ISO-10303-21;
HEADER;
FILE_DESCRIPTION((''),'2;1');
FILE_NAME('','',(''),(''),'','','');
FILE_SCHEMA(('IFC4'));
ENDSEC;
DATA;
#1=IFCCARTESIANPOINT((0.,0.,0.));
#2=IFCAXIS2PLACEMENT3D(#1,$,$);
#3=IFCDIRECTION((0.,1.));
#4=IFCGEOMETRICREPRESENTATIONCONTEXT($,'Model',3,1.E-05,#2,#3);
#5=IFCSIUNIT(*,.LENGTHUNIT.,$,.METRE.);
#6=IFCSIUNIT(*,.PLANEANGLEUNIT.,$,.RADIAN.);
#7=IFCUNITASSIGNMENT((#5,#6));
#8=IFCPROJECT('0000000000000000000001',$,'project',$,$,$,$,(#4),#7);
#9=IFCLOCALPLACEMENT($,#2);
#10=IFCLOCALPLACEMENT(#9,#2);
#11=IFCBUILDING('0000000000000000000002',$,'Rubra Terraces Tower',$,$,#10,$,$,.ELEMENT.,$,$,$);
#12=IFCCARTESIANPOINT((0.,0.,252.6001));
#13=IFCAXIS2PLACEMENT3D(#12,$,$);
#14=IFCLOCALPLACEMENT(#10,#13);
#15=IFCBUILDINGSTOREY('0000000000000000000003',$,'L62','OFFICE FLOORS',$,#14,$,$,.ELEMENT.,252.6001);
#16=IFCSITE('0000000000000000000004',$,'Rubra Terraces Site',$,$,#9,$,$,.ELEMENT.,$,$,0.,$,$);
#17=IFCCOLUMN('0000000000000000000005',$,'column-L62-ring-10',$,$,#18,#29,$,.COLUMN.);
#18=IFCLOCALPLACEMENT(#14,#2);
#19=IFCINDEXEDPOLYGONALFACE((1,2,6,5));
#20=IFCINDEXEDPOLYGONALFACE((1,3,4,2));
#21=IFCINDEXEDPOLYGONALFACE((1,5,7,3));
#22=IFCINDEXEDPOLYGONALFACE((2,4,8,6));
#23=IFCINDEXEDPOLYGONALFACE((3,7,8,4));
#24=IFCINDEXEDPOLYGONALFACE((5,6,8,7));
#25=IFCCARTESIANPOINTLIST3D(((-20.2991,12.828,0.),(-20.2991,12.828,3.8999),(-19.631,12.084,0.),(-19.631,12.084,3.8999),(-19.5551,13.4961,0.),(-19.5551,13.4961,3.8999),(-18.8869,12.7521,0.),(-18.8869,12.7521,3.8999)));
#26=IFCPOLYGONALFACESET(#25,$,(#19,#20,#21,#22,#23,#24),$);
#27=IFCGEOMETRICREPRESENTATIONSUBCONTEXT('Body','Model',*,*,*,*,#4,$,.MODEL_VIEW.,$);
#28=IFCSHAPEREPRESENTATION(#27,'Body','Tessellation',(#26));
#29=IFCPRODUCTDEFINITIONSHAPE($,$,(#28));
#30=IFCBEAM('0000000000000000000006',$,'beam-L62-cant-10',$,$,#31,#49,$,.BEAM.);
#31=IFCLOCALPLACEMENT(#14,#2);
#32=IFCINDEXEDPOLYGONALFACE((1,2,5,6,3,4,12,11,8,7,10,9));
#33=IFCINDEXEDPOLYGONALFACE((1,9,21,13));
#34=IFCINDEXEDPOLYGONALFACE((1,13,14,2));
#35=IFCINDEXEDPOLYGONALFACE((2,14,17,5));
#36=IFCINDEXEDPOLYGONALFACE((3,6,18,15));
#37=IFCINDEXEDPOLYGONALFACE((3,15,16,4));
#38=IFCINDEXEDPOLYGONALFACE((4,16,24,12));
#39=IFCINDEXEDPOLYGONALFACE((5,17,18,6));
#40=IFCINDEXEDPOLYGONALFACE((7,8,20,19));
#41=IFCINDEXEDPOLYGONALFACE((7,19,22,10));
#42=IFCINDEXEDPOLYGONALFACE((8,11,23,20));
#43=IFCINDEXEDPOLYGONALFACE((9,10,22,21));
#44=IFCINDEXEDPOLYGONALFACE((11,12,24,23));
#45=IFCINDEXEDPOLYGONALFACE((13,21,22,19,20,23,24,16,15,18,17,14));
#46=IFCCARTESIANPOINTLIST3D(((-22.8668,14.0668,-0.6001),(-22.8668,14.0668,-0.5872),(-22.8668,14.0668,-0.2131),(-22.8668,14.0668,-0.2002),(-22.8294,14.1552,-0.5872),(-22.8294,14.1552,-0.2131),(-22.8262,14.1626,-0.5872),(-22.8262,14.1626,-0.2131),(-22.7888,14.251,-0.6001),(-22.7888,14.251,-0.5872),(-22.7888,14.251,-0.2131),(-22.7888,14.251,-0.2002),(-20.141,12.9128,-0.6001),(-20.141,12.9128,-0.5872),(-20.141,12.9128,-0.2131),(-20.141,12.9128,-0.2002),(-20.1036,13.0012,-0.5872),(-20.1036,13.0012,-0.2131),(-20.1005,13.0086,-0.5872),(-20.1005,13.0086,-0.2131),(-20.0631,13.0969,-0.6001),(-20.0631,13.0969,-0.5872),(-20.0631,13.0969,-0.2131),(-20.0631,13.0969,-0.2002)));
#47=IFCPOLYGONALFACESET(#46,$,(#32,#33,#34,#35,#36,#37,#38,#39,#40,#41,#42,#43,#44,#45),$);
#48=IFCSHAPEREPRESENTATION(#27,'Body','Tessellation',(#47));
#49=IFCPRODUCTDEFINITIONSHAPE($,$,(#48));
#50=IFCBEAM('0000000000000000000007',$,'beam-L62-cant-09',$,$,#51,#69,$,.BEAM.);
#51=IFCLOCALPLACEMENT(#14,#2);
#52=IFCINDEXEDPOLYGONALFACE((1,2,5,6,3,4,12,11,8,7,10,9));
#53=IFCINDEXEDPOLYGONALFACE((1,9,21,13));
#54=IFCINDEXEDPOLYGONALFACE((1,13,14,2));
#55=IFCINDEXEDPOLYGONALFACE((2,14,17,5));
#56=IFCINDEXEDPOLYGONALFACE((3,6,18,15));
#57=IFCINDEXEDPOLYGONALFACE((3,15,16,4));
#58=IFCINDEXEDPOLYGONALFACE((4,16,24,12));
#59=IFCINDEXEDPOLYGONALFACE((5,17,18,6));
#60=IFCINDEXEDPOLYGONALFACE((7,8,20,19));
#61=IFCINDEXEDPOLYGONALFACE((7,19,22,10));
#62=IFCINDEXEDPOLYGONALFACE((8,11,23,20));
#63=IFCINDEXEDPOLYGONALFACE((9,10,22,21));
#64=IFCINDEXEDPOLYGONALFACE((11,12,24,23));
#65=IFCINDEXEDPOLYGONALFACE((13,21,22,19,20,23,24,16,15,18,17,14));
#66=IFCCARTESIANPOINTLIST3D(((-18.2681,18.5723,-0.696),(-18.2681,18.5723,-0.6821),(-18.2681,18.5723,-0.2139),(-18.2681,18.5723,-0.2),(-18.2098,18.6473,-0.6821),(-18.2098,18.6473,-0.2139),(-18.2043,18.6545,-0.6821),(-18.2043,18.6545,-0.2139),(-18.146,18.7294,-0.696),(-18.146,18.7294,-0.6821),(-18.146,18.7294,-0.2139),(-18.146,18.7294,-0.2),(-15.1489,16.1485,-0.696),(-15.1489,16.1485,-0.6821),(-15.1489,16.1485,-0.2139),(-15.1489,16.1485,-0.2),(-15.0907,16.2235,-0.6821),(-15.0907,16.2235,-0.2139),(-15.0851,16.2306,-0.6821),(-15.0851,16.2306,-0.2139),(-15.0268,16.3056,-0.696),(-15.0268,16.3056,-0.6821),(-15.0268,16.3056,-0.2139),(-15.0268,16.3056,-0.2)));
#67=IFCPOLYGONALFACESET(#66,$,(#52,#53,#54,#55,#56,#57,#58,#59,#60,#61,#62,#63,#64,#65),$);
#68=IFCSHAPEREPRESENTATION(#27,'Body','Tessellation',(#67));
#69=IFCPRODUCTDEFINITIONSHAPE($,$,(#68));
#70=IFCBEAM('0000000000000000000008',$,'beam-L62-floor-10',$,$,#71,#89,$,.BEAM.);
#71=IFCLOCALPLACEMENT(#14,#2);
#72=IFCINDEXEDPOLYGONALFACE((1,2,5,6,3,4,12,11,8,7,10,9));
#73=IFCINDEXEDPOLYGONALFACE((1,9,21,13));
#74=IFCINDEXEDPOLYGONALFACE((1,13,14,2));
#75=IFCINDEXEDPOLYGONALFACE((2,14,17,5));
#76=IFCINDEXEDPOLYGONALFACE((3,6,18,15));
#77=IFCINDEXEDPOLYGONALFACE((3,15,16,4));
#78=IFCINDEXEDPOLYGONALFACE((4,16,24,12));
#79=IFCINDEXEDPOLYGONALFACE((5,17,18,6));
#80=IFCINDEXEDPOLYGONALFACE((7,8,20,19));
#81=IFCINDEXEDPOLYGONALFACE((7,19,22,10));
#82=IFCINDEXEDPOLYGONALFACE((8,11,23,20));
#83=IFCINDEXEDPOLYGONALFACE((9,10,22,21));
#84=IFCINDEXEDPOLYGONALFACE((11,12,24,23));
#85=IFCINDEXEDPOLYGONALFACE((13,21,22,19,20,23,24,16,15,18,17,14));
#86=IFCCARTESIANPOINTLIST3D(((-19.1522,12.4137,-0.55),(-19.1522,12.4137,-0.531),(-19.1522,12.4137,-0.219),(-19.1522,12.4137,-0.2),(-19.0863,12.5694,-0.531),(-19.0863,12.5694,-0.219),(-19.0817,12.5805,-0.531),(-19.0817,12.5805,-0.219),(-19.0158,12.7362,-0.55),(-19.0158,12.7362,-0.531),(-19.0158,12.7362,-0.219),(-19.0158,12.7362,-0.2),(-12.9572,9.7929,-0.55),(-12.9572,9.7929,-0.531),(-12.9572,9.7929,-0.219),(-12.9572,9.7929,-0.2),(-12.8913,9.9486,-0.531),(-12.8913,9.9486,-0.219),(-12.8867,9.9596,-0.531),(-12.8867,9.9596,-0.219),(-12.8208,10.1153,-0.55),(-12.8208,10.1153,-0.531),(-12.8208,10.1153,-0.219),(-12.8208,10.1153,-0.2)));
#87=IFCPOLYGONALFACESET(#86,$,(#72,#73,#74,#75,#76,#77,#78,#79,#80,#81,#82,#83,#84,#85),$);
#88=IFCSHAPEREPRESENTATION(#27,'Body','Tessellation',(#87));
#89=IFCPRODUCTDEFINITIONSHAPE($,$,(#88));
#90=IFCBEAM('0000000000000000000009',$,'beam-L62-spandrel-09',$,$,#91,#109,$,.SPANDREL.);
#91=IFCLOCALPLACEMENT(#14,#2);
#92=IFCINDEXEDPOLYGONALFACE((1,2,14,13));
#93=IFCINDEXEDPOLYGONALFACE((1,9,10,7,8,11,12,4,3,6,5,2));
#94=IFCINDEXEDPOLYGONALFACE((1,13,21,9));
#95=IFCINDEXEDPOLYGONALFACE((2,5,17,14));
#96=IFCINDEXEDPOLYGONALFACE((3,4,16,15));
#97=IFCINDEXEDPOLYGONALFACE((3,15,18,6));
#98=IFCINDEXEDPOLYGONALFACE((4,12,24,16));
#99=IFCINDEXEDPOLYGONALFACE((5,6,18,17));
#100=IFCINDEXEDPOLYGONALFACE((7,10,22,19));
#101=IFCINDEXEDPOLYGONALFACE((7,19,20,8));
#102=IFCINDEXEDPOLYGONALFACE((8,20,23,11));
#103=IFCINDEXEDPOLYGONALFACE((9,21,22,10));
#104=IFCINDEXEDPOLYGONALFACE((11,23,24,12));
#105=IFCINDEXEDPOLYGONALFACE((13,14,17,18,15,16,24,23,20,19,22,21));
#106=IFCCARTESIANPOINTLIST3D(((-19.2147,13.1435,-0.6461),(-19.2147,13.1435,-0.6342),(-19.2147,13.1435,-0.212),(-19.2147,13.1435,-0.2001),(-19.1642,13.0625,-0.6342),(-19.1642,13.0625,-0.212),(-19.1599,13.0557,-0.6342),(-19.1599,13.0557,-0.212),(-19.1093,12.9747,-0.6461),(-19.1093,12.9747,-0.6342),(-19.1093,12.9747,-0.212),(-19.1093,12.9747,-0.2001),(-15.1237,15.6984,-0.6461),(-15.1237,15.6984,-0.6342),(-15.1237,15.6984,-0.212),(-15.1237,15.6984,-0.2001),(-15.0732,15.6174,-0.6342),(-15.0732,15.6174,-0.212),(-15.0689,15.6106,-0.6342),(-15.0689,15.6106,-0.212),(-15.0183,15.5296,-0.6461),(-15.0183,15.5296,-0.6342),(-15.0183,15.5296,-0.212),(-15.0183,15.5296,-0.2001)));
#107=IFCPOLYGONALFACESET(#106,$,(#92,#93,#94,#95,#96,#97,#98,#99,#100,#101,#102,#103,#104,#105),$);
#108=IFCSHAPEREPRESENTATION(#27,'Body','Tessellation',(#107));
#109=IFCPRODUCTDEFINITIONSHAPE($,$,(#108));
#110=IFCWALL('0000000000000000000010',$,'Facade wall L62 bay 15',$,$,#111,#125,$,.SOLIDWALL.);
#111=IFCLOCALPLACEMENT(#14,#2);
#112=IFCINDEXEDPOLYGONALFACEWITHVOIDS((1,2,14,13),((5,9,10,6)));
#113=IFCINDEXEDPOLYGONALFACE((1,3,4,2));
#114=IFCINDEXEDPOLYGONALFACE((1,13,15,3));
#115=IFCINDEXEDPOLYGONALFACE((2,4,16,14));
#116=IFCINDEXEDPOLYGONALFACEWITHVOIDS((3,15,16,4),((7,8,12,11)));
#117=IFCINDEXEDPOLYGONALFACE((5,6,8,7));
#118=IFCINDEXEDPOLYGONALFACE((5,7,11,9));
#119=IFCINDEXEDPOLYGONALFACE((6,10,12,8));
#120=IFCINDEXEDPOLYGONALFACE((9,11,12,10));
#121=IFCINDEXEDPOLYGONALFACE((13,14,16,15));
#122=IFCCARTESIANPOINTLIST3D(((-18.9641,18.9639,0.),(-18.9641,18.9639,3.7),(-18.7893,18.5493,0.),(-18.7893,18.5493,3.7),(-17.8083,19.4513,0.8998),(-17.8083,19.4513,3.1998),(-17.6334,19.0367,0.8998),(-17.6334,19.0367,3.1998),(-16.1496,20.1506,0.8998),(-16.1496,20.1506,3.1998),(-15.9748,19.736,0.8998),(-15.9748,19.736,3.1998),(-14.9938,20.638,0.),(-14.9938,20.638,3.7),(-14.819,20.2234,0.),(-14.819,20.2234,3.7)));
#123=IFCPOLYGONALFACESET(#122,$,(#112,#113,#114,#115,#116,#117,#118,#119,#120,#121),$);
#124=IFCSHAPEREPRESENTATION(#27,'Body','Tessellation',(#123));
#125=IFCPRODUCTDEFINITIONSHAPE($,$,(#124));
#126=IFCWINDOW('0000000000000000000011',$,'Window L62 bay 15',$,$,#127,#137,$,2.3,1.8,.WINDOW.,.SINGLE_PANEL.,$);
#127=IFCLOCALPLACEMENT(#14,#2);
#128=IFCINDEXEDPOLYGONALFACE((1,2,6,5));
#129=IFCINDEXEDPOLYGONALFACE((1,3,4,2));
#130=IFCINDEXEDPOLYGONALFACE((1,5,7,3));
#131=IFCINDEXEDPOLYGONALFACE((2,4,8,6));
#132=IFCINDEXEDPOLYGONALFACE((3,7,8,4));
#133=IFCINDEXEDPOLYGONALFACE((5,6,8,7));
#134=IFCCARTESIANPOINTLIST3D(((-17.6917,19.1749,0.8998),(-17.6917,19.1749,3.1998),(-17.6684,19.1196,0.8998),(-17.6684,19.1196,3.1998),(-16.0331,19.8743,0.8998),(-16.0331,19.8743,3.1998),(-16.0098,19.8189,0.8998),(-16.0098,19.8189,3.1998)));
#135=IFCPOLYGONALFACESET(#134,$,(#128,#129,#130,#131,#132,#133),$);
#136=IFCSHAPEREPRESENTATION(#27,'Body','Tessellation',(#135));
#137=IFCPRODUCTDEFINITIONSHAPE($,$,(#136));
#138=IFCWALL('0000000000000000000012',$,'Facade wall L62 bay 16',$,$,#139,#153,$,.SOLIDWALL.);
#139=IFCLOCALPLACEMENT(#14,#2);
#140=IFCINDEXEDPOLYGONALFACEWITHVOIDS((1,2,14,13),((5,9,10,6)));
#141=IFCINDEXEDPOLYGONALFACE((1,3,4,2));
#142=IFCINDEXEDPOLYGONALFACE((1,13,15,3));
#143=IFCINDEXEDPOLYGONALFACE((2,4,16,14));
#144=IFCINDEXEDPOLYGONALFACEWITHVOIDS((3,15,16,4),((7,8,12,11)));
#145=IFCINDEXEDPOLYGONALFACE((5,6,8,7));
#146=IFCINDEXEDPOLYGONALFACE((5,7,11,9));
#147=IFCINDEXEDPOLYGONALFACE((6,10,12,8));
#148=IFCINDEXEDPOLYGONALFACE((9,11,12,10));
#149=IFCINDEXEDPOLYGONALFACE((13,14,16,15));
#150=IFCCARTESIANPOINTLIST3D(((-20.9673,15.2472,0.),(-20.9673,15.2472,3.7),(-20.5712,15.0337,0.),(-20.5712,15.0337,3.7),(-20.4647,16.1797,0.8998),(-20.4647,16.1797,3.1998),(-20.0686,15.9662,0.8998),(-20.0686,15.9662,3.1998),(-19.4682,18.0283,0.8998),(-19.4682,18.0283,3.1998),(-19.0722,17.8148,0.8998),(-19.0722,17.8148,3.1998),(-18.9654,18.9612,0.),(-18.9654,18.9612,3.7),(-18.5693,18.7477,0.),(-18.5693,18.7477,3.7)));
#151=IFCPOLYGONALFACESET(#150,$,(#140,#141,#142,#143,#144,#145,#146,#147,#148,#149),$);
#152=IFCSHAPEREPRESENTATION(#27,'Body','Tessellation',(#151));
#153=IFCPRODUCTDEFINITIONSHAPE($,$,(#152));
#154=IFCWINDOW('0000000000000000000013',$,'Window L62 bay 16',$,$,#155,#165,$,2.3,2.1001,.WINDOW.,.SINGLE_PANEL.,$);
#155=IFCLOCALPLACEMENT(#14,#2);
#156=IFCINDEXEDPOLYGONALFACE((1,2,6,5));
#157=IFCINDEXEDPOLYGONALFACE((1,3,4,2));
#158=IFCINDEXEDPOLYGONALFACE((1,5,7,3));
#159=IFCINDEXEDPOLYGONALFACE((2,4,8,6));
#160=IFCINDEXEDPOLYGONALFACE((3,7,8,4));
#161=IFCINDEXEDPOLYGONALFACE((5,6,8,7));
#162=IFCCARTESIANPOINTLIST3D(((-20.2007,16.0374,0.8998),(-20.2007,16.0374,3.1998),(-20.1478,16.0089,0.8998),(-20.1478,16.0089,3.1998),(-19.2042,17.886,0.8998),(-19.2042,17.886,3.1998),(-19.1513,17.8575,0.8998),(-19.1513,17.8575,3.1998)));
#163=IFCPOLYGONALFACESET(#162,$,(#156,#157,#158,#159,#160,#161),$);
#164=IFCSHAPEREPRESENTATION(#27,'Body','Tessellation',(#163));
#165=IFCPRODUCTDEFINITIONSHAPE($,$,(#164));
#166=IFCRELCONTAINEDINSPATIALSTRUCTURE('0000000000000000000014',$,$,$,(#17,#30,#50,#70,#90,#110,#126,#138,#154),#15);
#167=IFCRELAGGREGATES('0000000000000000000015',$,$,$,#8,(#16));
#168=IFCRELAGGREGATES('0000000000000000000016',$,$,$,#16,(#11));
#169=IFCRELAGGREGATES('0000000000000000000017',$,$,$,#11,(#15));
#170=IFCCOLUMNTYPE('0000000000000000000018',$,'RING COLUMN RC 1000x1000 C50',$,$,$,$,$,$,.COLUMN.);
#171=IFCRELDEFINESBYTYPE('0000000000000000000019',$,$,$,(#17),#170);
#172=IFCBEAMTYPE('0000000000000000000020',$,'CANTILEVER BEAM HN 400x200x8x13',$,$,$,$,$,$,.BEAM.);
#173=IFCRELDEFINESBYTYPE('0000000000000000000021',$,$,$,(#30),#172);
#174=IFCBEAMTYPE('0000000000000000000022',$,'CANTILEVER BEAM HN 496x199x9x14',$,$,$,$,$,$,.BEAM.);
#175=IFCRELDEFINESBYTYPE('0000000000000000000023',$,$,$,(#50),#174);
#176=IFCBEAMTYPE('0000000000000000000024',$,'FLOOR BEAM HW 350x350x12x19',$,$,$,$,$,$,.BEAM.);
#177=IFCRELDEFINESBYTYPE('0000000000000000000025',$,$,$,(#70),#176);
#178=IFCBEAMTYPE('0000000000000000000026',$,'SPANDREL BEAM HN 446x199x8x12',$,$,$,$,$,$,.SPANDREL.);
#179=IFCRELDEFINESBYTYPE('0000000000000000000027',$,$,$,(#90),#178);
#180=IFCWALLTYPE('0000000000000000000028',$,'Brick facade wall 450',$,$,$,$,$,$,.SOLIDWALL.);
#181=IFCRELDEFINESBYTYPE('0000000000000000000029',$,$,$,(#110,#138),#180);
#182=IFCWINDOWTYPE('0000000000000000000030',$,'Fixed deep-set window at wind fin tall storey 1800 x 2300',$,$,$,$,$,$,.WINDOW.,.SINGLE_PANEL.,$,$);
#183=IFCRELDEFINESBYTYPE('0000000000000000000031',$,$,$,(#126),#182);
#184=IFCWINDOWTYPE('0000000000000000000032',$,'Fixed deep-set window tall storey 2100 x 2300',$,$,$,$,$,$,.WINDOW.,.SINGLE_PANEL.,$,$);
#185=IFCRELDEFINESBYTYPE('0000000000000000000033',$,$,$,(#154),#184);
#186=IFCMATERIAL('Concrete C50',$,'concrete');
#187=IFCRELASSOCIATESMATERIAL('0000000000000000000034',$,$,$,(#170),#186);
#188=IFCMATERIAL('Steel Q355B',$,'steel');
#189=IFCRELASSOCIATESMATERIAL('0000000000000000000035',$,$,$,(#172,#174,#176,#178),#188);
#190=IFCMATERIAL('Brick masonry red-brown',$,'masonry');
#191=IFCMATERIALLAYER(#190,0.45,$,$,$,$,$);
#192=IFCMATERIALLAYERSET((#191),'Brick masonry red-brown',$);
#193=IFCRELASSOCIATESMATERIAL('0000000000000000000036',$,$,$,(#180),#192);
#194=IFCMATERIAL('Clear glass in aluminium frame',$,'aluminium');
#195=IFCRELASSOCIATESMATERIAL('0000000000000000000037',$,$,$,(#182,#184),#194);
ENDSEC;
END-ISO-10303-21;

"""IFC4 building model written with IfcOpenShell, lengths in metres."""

from ifc_helpers import new_model, si_unit, direction, frame, frame_2d, origin, origin_2d, place, context, subcontext, project, spatial, rectangle, i_section, extrude, material, layer, layer_set, material_profile, profile_set, type_object, element, fill, save


model = new_model("IFC4")

# Units and contexts
model_context = context("Model", 3, precision=1e-05, world=origin(), true_north=direction((0.0, 1.0)))
body_context = subcontext(model_context, "Body", "Model", "MODEL_VIEW")
ifc_project = project(units=[si_unit("LENGTHUNIT", "METRE"), si_unit("PLANEANGLEUNIT", "RADIAN")], contexts=[model_context])

# Site, building, storey
site_placement = place(None, origin())
site = spatial("IfcSite", under=ifc_project, at=site_placement, Name="Rubra Terraces Site", CompositionType="ELEMENT", RefElevation=0.0)
building_placement = place(site_placement, origin())
building = spatial("IfcBuilding", under=site, at=building_placement, Name="Rubra Terraces Tower", CompositionType="ELEMENT")
storey_placement = place(building_placement, frame((0.0, 0.0, 252.6001)))
storey = spatial("IfcBuildingStorey", under=building, at=storey_placement, Name="L62", Description="OFFICE FLOORS", CompositionType="ELEMENT", Elevation=252.6001)

# Column
ifc_material_1 = material(Name="Concrete C50", Category="concrete")
ifc_material_profile_1 = material_profile(ifc_material_1, rectangle(XDim=1.0, YDim=1.0, at=origin_2d()), Name="RC 1000x1000")
ifc_profile_set_1 = profile_set([ifc_material_profile_1], Name="Concrete C50")
column_type = type_object("IfcColumnType", Name="RING COLUMN RC 1000x1000 C50", PredefinedType="COLUMN", material=ifc_profile_set_1)
column_placement = place(storey_placement, frame((-19.593, 12.79, 0.0), z_axis=(0.0, 0.0, 1.0), x_axis=(-0.744021, -0.668156, 0.0)))
element("IfcColumn", 1, at=column_placement, inside=storey, type_object=column_type, Name="column-L62-ring-10", PredefinedType="COLUMN", context=body_context, shape_type="SweptSolid", body=[
    extrude(rectangle(XDim=1.0, YDim=1.0, at=origin_2d()), origin(), (0.0, 0.0, 1.0), 3.8999),
])

# Beams
ifc_material_2 = material(Name="Steel Q355B", Category="steel")
ifc_material_profile_2 = material_profile(ifc_material_2, i_section(OverallWidth=0.2, OverallDepth=0.3999, WebThickness=0.0081, FlangeThickness=0.0129, at=origin_2d()), Name="HN 400x200x8x13")
ifc_profile_set_2 = profile_set([ifc_material_profile_2], Name="Steel Q355B")
beam_type_1 = type_object("IfcBeamType", Name="CANTILEVER BEAM HN 400x200x8x13", PredefinedType="BEAM", material=ifc_profile_set_2)
beam_1_placement = place(storey_placement, frame((-20.1021, 13.0049, -0.4001), z_axis=(-0.920868, 0.389874, 0.0), x_axis=(-0.389874, -0.920868, 0.0)))
element("IfcBeam", 2, at=beam_1_placement, inside=storey, type_object=beam_type_1, Name="beam-L62-cant-10", PredefinedType="BEAM", context=body_context, shape_type="SweptSolid", body=[
    extrude(i_section(OverallWidth=0.2, OverallDepth=0.3999, WebThickness=0.0081, FlangeThickness=0.0129, at=origin_2d()), origin(), (0.0, 0.0, 1.0), 2.96),
])
ifc_material_profile_3 = material_profile(ifc_material_2, i_section(OverallWidth=0.199, OverallDepth=0.4961, WebThickness=0.009, FlangeThickness=0.0139, at=origin_2d()), Name="HN 496x199x9x14")
ifc_profile_set_3 = profile_set([ifc_material_profile_3], Name="Steel Q355B")
beam_type_2 = type_object("IfcBeamType", Name="CANTILEVER BEAM HN 496x199x9x14", PredefinedType="BEAM", material=ifc_profile_set_3)
beam_2_placement = place(storey_placement, frame((-15.0879, 16.2271, -0.448), z_axis=(-0.789618, 0.613598, 0.0), x_axis=(-0.613598, -0.789618, 0.0)))
element("IfcBeam", 3, at=beam_2_placement, inside=storey, type_object=beam_type_2, Name="beam-L62-cant-09", PredefinedType="BEAM", context=body_context, shape_type="SweptSolid", body=[
    extrude(i_section(OverallWidth=0.199, OverallDepth=0.4961, WebThickness=0.009, FlangeThickness=0.0139, at=origin_2d()), origin(), (0.0, 0.0, 1.0), 3.9502),
])
ifc_material_profile_4 = material_profile(ifc_material_2, i_section(OverallWidth=0.3501, OverallDepth=0.3501, WebThickness=0.012, FlangeThickness=0.019, at=origin_2d()), Name="HW 350x350x12x19")
ifc_profile_set_4 = profile_set([ifc_material_profile_4], Name="Steel Q355B")
beam_type_3 = type_object("IfcBeamType", Name="FLOOR BEAM HW 350x350x12x19", PredefinedType="BEAM", material=ifc_profile_set_4)
beam_3_placement = place(storey_placement, frame((-19.084, 12.575, -0.375), z_axis=(0.920975, -0.389622, 0.0), x_axis=(0.389622, 0.920975, 0.0)))
element("IfcBeam", 4, at=beam_3_placement, inside=storey, type_object=beam_type_3, Name="beam-L62-floor-10", PredefinedType="BEAM", context=body_context, shape_type="SweptSolid", body=[
    extrude(i_section(OverallWidth=0.3501, OverallDepth=0.3501, WebThickness=0.012, FlangeThickness=0.019, at=origin_2d()), origin(), (0.0, 0.0, 1.0), 6.7266),
])
ifc_material_profile_5 = material_profile(ifc_material_2, i_section(OverallWidth=0.199, OverallDepth=0.446, WebThickness=0.0081, FlangeThickness=0.012, at=origin_2d()), Name="HN 446x199x8x12")
ifc_profile_set_5 = profile_set([ifc_material_profile_5], Name="Steel Q355B")
beam_type_4 = type_object("IfcBeamType", Name="SPANDREL BEAM HN 446x199x8x12", PredefinedType="SPANDREL", material=ifc_profile_set_5)
beam_4_placement = place(storey_placement, frame((-15.071, 15.614, -0.4231), z_axis=(-0.848183, -0.529703, 0.0), x_axis=(0.529703, -0.848183, 0.0)))
element("IfcBeam", 5, at=beam_4_placement, inside=storey, type_object=beam_type_4, Name="beam-L62-spandrel-09", PredefinedType="SPANDREL", context=body_context, shape_type="SweptSolid", body=[
    extrude(i_section(OverallWidth=0.199, OverallDepth=0.446, WebThickness=0.0081, FlangeThickness=0.012, at=origin_2d()), origin(), (0.0, 0.0, 1.0), 4.8232),
])

# Walls, openings, windows
ifc_material_3 = material(Name="Brick masonry red-brown", Category="masonry")
ifc_layer_1 = layer(ifc_material_3, 0.45)
ifc_layer_set_1 = layer_set([ifc_layer_1], Name="Brick masonry red-brown")
wall_type_1 = type_object("IfcWallType", Name="Brick facade wall 450", PredefinedType="SOLIDWALL", material=ifc_layer_set_1)
wall_1_placement = place(storey_placement, frame((-14.9065, 20.4307, 0.0), z_axis=(0.0, 0.0, 1.0), x_axis=(-0.921436, -0.388531, 0.0)))
wall_1 = element("IfcWall", 6, at=wall_1_placement, inside=storey, type_object=wall_type_1, Name="Facade wall L62 bay 15", PredefinedType="SOLIDWALL", context=body_context, shape_type="SweptSolid", body=[
    extrude(rectangle(XDim=4.3088, YDim=0.45, at=frame_2d((2.1543, 0.0))), origin(), (0.0, 0.0, 1.0), 3.7),
])
opening_1_placement = place(wall_1_placement, frame((1.2544, 0.0, 0.8999)))
opening_1 = element("IfcOpeningElement", 7, at=opening_1_placement, cuts=wall_1, PredefinedType="OPENING", context=body_context, shape_type="SweptSolid", body=[
    extrude(rectangle(XDim=1.8, YDim=2.3, at=frame_2d((0.8999, 1.1499))), frame((0.0, 0.2349, 0.0), z_axis=(0.0, -1.0, 0.0), x_axis=(1.0, 0.0, 0.0)), (0.0, 0.0, 1.0), 0.47),
])
ifc_material_4 = material(Name="Clear glass in aluminium frame", Category="aluminium")
window_type_1 = type_object("IfcWindowType", Name="Fixed deep-set window at wind fin tall storey 1800 x 2300", PartitioningType="SINGLE_PANEL", PredefinedType="WINDOW", material=ifc_material_4)
window_1_placement = place(opening_1_placement, origin())
window_1 = element("IfcWindow", 8, at=window_1_placement, inside=storey, type_object=window_type_1, Name="Window L62 bay 15", OverallHeight=2.3, OverallWidth=1.8, PartitioningType="SINGLE_PANEL", PredefinedType="WINDOW", context=body_context, shape_type="SweptSolid", body=[
    extrude(rectangle(XDim=1.8, YDim=2.3, at=frame_2d((0.8999, 1.1499))), frame((0.0, 0.135, 0.0), z_axis=(0.0, -1.0, 0.0), x_axis=(1.0, 0.0, 0.0)), (0.0, 0.0, 1.0), 0.0601),
])
fill(opening_1, window_1)
wall_2_placement = place(storey_placement, frame((-18.7673, 18.8545, 0.0), z_axis=(0.0, 0.0, 1.0), x_axis=(-0.474476, -0.880268, 0.0)))
wall_2 = element("IfcWall", 9, at=wall_2_placement, inside=storey, type_object=wall_type_1, Name="Facade wall L62 bay 16", PredefinedType="SOLIDWALL", context=body_context, shape_type="SweptSolid", body=[
    extrude(rectangle(XDim=4.2192, YDim=0.45, at=frame_2d((2.1096, 0.0))), origin(), (0.0, 0.0, 1.0), 3.7),
])
opening_2_placement = place(wall_2_placement, frame((1.0598, 0.0, 0.8999)))
opening_2 = element("IfcOpeningElement", 10, at=opening_2_placement, cuts=wall_2, PredefinedType="OPENING", context=body_context, shape_type="SweptSolid", body=[
    extrude(rectangle(XDim=2.1001, YDim=2.3, at=frame_2d((1.05, 1.1499))), frame((0.0, 0.2349, 0.0), z_axis=(0.0, -1.0, 0.0), x_axis=(1.0, 0.0, 0.0)), (0.0, 0.0, 1.0), 0.47),
])
window_type_2 = type_object("IfcWindowType", Name="Fixed deep-set window tall storey 2100 x 2300", PartitioningType="SINGLE_PANEL", PredefinedType="WINDOW", material=ifc_material_4)
window_2_placement = place(opening_2_placement, origin())
window_2 = element("IfcWindow", 11, at=window_2_placement, inside=storey, type_object=window_type_2, Name="Window L62 bay 16", OverallHeight=2.3, OverallWidth=2.1001, PartitioningType="SINGLE_PANEL", PredefinedType="WINDOW", context=body_context, shape_type="SweptSolid", body=[
    extrude(rectangle(XDim=2.1001, YDim=2.3, at=frame_2d((1.05, 1.1499))), frame((0.0, 0.135, 0.0), z_axis=(0.0, -1.0, 0.0), x_axis=(1.0, 0.0, 0.0)), (0.0, 0.0, 1.0), 0.0601),
])
fill(opening_2, window_2)

save(model, "model.ifc")
